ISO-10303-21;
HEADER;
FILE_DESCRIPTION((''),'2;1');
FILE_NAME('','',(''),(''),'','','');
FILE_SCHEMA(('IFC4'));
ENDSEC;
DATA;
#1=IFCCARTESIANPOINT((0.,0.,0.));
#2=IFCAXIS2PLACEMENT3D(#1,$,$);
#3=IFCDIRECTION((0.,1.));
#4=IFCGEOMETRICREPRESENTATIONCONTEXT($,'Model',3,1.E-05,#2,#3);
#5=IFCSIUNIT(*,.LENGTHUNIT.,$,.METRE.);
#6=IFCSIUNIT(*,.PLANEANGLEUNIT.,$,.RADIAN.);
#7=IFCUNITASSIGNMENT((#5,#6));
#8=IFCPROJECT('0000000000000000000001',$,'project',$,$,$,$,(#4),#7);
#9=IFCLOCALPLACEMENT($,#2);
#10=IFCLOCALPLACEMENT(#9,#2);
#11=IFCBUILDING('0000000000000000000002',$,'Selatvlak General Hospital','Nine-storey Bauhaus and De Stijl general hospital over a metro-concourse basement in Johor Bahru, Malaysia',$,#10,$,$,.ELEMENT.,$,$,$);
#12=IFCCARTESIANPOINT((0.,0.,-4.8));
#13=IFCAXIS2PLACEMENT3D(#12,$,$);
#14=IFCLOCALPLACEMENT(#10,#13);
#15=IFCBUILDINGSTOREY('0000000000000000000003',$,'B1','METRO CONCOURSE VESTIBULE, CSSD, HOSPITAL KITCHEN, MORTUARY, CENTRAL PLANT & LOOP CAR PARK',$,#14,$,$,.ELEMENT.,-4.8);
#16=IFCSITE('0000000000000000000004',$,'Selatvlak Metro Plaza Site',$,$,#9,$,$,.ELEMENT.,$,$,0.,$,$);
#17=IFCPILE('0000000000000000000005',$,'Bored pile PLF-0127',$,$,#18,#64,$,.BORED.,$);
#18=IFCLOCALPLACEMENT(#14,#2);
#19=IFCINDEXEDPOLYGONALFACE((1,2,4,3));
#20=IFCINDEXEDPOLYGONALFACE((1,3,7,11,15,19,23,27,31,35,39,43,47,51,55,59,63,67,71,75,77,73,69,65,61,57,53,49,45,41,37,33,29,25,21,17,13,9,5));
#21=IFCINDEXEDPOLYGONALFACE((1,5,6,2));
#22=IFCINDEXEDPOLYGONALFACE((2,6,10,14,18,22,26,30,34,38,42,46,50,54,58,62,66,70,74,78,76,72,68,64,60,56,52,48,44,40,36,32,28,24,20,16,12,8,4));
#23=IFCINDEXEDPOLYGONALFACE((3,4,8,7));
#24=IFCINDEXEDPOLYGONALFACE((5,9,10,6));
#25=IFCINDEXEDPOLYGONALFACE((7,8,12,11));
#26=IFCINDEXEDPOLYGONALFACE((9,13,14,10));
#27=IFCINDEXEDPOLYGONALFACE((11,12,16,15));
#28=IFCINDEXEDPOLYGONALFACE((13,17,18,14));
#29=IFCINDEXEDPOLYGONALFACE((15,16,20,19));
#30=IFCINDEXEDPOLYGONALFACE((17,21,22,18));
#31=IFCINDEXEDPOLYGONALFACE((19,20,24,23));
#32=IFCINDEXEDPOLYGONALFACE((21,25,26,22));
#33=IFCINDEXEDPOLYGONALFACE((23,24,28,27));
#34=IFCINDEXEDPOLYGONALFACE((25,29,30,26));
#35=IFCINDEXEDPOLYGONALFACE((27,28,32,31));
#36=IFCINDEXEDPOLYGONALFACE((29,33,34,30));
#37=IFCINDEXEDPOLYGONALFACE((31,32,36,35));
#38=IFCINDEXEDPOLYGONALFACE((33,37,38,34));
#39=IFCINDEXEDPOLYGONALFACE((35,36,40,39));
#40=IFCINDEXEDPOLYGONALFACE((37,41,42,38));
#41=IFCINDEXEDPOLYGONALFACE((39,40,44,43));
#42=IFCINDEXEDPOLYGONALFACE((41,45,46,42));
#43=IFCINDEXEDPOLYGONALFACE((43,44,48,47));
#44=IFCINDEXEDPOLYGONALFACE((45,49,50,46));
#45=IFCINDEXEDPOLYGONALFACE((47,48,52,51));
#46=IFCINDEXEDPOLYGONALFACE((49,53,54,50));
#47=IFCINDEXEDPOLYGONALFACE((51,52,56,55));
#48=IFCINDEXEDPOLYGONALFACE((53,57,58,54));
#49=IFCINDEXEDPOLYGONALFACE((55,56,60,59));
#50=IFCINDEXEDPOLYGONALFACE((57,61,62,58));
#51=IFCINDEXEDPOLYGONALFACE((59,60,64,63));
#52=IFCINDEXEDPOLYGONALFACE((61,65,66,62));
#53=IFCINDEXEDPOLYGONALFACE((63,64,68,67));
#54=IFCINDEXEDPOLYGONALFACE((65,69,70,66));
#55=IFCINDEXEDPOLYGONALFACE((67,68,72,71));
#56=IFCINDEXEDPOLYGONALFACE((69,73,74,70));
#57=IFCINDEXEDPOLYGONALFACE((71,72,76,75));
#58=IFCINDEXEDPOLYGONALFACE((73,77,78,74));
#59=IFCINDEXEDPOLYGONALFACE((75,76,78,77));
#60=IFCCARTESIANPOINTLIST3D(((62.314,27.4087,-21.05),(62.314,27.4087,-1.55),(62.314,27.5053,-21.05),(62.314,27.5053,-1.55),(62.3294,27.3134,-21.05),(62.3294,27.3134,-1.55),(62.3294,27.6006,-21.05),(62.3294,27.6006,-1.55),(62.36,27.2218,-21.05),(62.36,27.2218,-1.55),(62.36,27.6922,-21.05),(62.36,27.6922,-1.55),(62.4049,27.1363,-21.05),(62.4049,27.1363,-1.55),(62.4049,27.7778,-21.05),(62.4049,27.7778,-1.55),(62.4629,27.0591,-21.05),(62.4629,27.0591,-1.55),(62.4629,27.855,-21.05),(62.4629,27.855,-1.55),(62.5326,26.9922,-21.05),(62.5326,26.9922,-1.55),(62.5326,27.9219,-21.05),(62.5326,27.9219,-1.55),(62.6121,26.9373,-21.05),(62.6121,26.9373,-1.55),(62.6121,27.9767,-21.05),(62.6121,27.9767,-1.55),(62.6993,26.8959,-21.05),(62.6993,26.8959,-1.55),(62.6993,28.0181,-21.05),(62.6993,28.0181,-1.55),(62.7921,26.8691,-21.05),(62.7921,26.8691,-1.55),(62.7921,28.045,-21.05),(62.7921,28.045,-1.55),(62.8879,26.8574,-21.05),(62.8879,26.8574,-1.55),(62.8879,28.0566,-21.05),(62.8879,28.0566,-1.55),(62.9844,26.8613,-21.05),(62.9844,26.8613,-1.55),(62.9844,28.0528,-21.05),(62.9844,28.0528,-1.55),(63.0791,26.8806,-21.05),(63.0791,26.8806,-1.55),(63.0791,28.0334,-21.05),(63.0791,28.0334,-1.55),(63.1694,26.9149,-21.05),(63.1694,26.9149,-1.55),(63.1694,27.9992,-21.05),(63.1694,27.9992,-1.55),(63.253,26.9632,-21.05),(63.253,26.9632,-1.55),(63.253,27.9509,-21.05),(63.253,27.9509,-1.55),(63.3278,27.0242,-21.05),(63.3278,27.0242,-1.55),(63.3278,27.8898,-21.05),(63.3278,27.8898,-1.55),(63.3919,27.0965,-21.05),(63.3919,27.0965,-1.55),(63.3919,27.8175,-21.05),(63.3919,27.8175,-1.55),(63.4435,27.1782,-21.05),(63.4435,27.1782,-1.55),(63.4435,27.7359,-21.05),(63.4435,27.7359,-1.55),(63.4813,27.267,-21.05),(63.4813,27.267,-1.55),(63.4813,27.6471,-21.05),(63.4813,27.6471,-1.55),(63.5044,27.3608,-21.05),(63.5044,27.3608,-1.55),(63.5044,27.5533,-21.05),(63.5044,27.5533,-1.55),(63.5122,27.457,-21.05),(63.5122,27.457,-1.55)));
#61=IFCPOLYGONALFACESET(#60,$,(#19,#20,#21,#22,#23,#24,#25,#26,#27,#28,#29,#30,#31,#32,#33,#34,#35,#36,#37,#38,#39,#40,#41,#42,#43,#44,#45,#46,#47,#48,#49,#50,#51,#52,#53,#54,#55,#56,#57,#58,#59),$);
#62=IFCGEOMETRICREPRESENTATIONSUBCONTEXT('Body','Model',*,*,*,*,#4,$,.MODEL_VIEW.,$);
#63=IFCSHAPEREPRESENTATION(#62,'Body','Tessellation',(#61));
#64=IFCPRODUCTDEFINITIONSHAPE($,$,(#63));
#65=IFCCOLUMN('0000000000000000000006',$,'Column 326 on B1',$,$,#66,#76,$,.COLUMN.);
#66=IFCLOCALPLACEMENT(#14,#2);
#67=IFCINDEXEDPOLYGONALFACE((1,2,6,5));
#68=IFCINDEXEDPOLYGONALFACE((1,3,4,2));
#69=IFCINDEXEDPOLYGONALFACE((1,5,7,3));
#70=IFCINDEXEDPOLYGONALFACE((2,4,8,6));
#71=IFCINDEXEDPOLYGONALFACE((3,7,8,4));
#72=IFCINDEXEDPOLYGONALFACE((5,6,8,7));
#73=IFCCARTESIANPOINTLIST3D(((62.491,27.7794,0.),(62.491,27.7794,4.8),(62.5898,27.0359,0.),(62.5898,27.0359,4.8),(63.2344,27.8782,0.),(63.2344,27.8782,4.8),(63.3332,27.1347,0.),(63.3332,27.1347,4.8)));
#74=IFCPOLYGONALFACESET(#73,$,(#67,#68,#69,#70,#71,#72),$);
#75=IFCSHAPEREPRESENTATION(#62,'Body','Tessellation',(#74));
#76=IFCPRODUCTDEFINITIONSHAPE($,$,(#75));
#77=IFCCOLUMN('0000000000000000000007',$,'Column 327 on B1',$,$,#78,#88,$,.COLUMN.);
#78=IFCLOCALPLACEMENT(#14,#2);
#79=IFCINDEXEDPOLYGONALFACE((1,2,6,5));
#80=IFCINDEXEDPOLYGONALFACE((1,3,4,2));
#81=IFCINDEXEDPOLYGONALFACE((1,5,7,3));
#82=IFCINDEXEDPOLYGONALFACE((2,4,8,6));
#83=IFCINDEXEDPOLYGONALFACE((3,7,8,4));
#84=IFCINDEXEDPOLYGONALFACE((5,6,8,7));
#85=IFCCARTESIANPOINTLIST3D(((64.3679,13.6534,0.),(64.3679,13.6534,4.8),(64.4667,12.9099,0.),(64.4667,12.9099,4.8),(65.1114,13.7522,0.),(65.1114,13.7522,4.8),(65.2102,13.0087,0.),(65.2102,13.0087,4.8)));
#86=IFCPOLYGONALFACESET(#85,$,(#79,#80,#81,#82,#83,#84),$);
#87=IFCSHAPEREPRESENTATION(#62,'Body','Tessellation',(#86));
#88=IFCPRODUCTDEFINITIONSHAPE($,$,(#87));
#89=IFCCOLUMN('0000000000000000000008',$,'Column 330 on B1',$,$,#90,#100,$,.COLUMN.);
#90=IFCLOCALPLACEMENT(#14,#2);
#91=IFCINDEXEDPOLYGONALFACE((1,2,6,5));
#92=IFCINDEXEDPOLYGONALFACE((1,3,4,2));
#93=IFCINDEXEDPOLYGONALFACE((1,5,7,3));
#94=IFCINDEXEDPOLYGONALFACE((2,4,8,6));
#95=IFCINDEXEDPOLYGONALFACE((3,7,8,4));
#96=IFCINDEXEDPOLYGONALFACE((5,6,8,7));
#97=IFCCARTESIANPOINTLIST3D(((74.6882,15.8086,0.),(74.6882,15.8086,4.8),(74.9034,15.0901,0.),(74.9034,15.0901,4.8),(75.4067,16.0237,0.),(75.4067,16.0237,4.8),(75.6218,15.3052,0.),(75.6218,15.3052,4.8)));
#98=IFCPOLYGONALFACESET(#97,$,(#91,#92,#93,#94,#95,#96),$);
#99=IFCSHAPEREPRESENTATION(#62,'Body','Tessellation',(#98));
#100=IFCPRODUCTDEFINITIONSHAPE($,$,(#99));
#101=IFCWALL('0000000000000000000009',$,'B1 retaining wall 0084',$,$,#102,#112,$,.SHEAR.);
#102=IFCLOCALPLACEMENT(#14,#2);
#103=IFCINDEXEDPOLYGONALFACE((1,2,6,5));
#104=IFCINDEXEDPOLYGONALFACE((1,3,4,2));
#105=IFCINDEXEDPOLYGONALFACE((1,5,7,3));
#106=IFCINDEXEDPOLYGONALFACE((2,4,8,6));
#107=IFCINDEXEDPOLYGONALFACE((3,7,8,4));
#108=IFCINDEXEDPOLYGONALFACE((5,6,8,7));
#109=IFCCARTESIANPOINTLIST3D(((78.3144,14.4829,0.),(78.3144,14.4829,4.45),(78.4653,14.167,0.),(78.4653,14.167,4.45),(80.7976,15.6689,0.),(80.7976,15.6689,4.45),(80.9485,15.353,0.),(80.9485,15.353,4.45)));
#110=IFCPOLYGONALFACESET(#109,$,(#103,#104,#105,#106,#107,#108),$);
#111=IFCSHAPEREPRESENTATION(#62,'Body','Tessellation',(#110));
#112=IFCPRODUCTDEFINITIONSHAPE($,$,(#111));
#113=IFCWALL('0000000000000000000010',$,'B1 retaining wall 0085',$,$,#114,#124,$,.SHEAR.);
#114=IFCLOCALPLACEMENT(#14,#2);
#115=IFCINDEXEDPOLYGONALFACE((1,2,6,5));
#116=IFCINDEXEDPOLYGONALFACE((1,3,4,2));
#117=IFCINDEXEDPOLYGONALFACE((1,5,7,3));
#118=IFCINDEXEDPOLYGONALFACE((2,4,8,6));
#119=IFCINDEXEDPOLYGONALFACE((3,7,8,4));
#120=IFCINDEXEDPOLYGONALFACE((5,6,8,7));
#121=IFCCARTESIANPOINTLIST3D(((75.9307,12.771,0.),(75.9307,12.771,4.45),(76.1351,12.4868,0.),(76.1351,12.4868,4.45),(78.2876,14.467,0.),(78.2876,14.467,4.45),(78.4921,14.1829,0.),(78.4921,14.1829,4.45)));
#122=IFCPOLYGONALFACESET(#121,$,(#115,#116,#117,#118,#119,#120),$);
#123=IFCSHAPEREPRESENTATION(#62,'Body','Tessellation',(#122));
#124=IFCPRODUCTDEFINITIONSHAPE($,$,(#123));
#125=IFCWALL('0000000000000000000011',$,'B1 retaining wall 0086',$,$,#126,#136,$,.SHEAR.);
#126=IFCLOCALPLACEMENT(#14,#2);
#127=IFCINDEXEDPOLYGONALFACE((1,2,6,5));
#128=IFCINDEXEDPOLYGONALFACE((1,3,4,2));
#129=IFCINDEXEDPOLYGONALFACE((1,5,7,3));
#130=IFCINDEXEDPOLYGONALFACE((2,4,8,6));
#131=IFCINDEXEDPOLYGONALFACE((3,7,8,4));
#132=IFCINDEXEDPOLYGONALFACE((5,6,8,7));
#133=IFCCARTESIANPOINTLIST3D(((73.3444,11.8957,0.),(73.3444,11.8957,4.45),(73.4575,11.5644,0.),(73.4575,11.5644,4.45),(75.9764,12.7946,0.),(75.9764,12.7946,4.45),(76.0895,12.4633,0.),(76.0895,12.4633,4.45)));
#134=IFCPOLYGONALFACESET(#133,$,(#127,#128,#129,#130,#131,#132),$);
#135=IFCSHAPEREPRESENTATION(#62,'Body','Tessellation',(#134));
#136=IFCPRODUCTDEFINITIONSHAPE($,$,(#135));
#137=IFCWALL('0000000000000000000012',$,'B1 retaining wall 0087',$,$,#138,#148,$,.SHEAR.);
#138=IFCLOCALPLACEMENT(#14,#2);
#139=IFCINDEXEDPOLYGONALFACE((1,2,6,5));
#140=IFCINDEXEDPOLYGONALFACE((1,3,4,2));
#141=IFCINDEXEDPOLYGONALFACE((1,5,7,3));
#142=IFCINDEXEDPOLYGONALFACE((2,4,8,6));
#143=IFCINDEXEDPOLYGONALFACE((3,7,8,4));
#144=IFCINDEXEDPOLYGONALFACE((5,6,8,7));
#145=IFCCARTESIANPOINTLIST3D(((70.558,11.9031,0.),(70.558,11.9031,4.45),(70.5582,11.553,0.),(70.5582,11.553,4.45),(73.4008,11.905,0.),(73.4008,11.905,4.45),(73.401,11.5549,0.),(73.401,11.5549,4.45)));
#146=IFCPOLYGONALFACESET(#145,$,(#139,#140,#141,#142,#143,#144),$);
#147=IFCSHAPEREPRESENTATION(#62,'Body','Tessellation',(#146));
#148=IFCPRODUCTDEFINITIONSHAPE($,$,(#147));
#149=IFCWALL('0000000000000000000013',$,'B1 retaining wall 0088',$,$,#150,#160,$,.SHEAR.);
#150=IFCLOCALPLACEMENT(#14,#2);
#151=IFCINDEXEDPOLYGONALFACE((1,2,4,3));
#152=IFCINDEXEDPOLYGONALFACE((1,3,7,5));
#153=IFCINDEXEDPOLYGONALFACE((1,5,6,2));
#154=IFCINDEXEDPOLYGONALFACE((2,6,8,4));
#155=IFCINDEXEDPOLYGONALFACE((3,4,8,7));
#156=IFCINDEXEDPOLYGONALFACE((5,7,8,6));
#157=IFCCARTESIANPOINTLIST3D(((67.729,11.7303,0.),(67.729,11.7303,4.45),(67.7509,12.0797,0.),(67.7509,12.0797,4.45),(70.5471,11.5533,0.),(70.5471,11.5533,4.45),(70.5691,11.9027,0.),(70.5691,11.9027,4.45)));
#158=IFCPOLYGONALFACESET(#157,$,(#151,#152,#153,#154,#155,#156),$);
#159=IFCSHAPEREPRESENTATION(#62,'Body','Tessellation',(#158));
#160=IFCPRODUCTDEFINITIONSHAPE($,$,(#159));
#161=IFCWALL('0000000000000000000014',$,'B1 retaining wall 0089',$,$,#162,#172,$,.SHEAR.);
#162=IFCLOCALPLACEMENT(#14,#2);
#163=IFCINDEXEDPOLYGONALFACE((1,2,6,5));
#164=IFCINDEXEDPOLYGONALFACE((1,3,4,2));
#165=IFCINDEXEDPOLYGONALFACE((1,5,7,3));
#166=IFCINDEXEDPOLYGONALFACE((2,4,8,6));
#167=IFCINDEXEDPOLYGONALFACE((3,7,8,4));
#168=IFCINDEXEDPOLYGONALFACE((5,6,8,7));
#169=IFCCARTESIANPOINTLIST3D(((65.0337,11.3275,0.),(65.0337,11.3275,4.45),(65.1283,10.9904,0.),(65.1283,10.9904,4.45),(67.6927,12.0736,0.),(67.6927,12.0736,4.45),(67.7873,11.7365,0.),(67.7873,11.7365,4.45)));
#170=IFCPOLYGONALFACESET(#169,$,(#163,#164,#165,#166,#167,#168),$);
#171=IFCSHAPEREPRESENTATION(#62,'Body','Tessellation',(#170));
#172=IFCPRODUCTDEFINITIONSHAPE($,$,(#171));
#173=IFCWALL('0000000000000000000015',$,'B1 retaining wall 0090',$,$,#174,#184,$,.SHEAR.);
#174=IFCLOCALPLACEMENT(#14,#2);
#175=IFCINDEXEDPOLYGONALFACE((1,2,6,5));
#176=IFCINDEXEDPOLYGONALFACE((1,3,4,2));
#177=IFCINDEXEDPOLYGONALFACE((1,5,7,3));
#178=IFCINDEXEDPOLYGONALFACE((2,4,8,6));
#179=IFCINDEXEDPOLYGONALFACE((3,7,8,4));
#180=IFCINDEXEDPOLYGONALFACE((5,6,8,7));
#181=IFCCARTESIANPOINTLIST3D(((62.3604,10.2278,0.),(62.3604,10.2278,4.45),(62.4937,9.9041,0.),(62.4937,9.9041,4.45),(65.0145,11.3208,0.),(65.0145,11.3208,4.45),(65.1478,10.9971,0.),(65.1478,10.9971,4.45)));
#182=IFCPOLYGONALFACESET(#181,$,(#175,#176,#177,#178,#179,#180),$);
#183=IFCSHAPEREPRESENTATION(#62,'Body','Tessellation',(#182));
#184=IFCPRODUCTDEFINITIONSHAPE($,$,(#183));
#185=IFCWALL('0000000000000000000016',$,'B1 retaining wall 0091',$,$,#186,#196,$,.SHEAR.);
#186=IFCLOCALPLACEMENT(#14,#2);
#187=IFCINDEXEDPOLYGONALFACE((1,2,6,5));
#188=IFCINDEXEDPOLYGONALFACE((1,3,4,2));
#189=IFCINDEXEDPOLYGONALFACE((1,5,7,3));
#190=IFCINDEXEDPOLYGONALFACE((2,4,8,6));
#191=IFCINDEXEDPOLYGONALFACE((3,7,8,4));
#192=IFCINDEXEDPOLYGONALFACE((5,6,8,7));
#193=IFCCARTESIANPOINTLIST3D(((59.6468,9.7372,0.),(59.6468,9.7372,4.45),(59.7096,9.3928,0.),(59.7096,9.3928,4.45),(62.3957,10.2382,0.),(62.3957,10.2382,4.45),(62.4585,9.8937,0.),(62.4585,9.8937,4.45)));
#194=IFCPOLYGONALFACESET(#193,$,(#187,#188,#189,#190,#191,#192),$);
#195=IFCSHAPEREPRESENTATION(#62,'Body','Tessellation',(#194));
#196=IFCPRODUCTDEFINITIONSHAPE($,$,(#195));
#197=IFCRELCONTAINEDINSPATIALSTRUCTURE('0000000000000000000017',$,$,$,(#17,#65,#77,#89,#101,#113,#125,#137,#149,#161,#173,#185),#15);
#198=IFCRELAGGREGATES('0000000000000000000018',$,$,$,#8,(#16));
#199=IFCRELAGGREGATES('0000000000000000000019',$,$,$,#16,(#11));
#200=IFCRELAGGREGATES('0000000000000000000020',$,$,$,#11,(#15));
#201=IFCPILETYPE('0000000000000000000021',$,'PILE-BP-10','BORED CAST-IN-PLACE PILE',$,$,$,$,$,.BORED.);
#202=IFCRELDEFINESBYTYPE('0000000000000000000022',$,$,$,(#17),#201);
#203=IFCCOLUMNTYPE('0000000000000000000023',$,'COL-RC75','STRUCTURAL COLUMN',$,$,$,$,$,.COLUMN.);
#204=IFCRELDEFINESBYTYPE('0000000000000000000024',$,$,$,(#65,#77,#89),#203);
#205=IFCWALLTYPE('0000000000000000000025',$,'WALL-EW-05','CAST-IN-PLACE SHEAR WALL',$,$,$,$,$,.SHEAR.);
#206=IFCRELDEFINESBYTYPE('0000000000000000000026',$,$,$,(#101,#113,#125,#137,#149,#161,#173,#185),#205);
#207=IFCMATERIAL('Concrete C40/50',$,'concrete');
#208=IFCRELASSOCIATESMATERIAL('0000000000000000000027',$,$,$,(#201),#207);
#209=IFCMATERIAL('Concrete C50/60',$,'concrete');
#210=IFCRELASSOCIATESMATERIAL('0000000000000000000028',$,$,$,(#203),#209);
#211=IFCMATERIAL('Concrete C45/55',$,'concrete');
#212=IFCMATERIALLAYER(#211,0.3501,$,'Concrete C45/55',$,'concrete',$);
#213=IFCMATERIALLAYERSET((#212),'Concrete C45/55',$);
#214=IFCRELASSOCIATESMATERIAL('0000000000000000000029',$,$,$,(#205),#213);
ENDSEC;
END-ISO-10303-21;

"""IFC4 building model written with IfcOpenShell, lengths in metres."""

from ifc_helpers import new_model, si_unit, direction, frame, frame_2d, origin, origin_2d, place, context, subcontext, project, spatial, rectangle, circle, extrude, material, layer, layer_set, material_profile, profile_set, type_object, element, save


model = new_model("IFC4")

# Units and contexts
model_context = context("Model", 3, precision=1e-05, world=origin(), true_north=direction((0.0, 1.0)))
body_context = subcontext(model_context, "Body", "Model", "MODEL_VIEW")
ifc_project = project(units=[si_unit("LENGTHUNIT", "METRE"), si_unit("PLANEANGLEUNIT", "RADIAN")], contexts=[model_context])

# Site, building, storey
site_placement = place(None, origin())
site = spatial("IfcSite", under=ifc_project, at=site_placement, Name="Selatvlak Metro Plaza Site", CompositionType="ELEMENT", RefElevation=0.0)
building_placement = place(site_placement, origin())
building = spatial("IfcBuilding", under=site, at=building_placement, Name="Selatvlak General Hospital", Description="Nine-storey Bauhaus and De Stijl general hospital over a metro-concourse basement in Johor Bahru, Malaysia", CompositionType="ELEMENT")
storey_placement = place(building_placement, frame((0.0, 0.0, -4.8)))
storey = spatial("IfcBuildingStorey", under=building, at=storey_placement, Name="B1", Description="METRO CONCOURSE VESTIBULE, CSSD, HOSPITAL KITCHEN, MORTUARY, CENTRAL PLANT & LOOP CAR PARK", CompositionType="ELEMENT", Elevation=-4.8)

# Shared definitions
ifc_material_1 = material(Name="Concrete C40/50", Category="concrete")

# Pile
ifc_material_profile_1 = material_profile(ifc_material_1, circle(Radius=0.6001, at=origin_2d()), Name="BORED PILE 1200")
ifc_profile_set_1 = profile_set([ifc_material_profile_1], Name="Concrete C40/50")
pile_type_1 = type_object("IfcPileType", Name="PILE-BP-10", Description="BORED CAST-IN-PLACE PILE", PredefinedType="BORED", material=ifc_profile_set_1)
pile_1_placement = place(storey_placement, frame((62.9121, 27.457, -1.55), z_axis=(0.0, 0.0, -1.0), x_axis=(1.0, 0.0, 0.0)))
element("IfcPile", 1, at=pile_1_placement, inside=storey, type_object=pile_type_1, Name="Bored pile PLF-0127", PredefinedType="BORED", context=body_context, shape_type="SweptSolid", body=[
    extrude(circle(Radius=0.6001, at=origin_2d()), origin(), (0.0, 0.0, 1.0), 19.5),
])

# Columns
ifc_material_2 = material(Name="Concrete C50/60", Category="concrete")
ifc_material_profile_2 = material_profile(ifc_material_2, rectangle(XDim=0.75, YDim=0.75, at=origin_2d()), Name="RC-COL 750x750")
ifc_profile_set_2 = profile_set([ifc_material_profile_2], Name="Concrete C50/60")
column_type = type_object("IfcColumnType", Name="COL-RC75", Description="STRUCTURAL COLUMN", PredefinedType="COLUMN", material=ifc_profile_set_2)
for number, where, z_axis, x_axis, name in (
    (2, (62.9121, 27.457, 0.0), (0.0, 0.0, 1.0), (-0.131737, 0.991285, 0.0), "Column 326 on B1"),
    (3, (64.7891, 13.3311, 0.0), (0.0, 0.0, 1.0), (-0.131737, 0.991285, 0.0), "Column 327 on B1"),
    (4, (75.155, 15.5569, 0.0), (0.0, 0.0, 1.0), (-0.286859, 0.957973, 0.0), "Column 330 on B1"),
):
    element("IfcColumn", number, at=place(storey_placement, frame(where, z_axis=z_axis, x_axis=x_axis)), inside=storey, type_object=column_type, Name=name, PredefinedType="COLUMN", context=body_context, shape_type="SweptSolid", body=[
        extrude(rectangle(XDim=0.75, YDim=0.75, at=origin_2d()), origin(), (0.0, 0.0, 1.0), 4.8),
    ])

# Walls
ifc_material_3 = material(Name="Concrete C45/55", Category="concrete")
ifc_layer_1 = layer(ifc_material_3, 0.3501, Name="Concrete C45/55", Category="concrete")
ifc_layer_set_1 = layer_set([ifc_layer_1], Name="Concrete C45/55")
wall_type_1 = type_object("IfcWallType", Name="WALL-EW-05", Description="CAST-IN-PLACE SHEAR WALL", PredefinedType="SHEAR", material=ifc_layer_set_1)
wall_1_placement = place(storey_placement, frame((80.873, 15.511, 0.0), z_axis=(0.0, 0.0, 1.0), x_axis=(-0.902355, -0.430994, 0.0)))
element("IfcWall", 5, at=wall_1_placement, inside=storey, type_object=wall_type_1, Name="B1 retaining wall 0084", PredefinedType="SHEAR", context=body_context, shape_type="SweptSolid", body=[
    extrude(rectangle(XDim=2.752, YDim=0.3501, at=frame_2d((1.376, 0.0))), origin(), (0.0, 0.0, 1.0), 4.45),
])
wall_2_placement = place(storey_placement, frame((78.3899, 14.325, 0.0), z_axis=(0.0, 0.0, 1.0), x_axis=(-0.811689, -0.58409, 0.0)))
element("IfcWall", 6, at=wall_2_placement, inside=storey, type_object=wall_type_1, Name="B1 retaining wall 0085", PredefinedType="SHEAR", context=body_context, shape_type="SweptSolid", body=[
    extrude(rectangle(XDim=2.9038, YDim=0.3501, at=frame_2d((1.4519, 0.0))), origin(), (0.0, 0.0, 1.0), 4.45),
])
wall_3_placement = place(storey_placement, frame((76.033, 12.6289, 0.0), z_axis=(0.0, 0.0, 1.0), x_axis=(-0.946332, -0.323198, 0.0)))
element("IfcWall", 7, at=wall_3_placement, inside=storey, type_object=wall_type_1, Name="B1 retaining wall 0086", PredefinedType="SHEAR", context=body_context, shape_type="SweptSolid", body=[
    extrude(rectangle(XDim=2.7812, YDim=0.3501, at=frame_2d((1.3906, 0.0))), origin(), (0.0, 0.0, 1.0), 4.45),
])
wall_4_placement = place(storey_placement, frame((73.4009, 11.73, 0.0), z_axis=(0.0, 0.0, 1.0), x_axis=(-1.0, -0.000687, 0.0)))
element("IfcWall", 8, at=wall_4_placement, inside=storey, type_object=wall_type_1, Name="B1 retaining wall 0087", PredefinedType="SHEAR", context=body_context, shape_type="SweptSolid", body=[
    extrude(rectangle(XDim=2.8428, YDim=0.3501, at=frame_2d((1.4214, 0.0))), origin(), (0.0, 0.0, 1.0), 4.45),
])
wall_5_placement = place(storey_placement, frame((70.5581, 11.728, 0.0), z_axis=(0.0, 0.0, 1.0), x_axis=(-0.998033, 0.062685, 0.0)))
element("IfcWall", 9, at=wall_5_placement, inside=storey, type_object=wall_type_1, Name="B1 retaining wall 0088", PredefinedType="SHEAR", context=body_context, shape_type="SweptSolid", body=[
    extrude(rectangle(XDim=2.8237, YDim=0.3501, at=frame_2d((1.4119, 0.0))), origin(), (0.0, 0.0, 1.0), 4.45),
])
wall_6_placement = place(storey_placement, frame((67.74, 11.905, 0.0), z_axis=(0.0, 0.0, 1.0), x_axis=(-0.962814, -0.270164, 0.0)))
element("IfcWall", 10, at=wall_6_placement, inside=storey, type_object=wall_type_1, Name="B1 retaining wall 0089", PredefinedType="SHEAR", context=body_context, shape_type="SweptSolid", body=[
    extrude(rectangle(XDim=2.7617, YDim=0.3501, at=frame_2d((1.3809, 0.0))), origin(), (0.0, 0.0, 1.0), 4.45),
])
wall_7_placement = place(storey_placement, frame((65.0811, 11.1589, 0.0), z_axis=(0.0, 0.0, 1.0), x_axis=(-0.924657, -0.380801, 0.0)))
element("IfcWall", 11, at=wall_7_placement, inside=storey, type_object=wall_type_1, Name="B1 retaining wall 0090", PredefinedType="SHEAR", context=body_context, shape_type="SweptSolid", body=[
    extrude(rectangle(XDim=2.8704, YDim=0.3501, at=frame_2d((1.4351, 0.0))), origin(), (0.0, 0.0, 1.0), 4.45),
])
wall_8_placement = place(storey_placement, frame((62.427, 10.0659, 0.0), z_axis=(0.0, 0.0, 1.0), x_axis=(-0.983797, -0.179285, 0.0)))
element("IfcWall", 12, at=wall_8_placement, inside=storey, type_object=wall_type_1, Name="B1 retaining wall 0091", PredefinedType="SHEAR", context=body_context, shape_type="SweptSolid", body=[
    extrude(rectangle(XDim=2.7942, YDim=0.3501, at=frame_2d((1.397, 0.0))), origin(), (0.0, 0.0, 1.0), 4.45),
])

save(model, "model.ifc")
